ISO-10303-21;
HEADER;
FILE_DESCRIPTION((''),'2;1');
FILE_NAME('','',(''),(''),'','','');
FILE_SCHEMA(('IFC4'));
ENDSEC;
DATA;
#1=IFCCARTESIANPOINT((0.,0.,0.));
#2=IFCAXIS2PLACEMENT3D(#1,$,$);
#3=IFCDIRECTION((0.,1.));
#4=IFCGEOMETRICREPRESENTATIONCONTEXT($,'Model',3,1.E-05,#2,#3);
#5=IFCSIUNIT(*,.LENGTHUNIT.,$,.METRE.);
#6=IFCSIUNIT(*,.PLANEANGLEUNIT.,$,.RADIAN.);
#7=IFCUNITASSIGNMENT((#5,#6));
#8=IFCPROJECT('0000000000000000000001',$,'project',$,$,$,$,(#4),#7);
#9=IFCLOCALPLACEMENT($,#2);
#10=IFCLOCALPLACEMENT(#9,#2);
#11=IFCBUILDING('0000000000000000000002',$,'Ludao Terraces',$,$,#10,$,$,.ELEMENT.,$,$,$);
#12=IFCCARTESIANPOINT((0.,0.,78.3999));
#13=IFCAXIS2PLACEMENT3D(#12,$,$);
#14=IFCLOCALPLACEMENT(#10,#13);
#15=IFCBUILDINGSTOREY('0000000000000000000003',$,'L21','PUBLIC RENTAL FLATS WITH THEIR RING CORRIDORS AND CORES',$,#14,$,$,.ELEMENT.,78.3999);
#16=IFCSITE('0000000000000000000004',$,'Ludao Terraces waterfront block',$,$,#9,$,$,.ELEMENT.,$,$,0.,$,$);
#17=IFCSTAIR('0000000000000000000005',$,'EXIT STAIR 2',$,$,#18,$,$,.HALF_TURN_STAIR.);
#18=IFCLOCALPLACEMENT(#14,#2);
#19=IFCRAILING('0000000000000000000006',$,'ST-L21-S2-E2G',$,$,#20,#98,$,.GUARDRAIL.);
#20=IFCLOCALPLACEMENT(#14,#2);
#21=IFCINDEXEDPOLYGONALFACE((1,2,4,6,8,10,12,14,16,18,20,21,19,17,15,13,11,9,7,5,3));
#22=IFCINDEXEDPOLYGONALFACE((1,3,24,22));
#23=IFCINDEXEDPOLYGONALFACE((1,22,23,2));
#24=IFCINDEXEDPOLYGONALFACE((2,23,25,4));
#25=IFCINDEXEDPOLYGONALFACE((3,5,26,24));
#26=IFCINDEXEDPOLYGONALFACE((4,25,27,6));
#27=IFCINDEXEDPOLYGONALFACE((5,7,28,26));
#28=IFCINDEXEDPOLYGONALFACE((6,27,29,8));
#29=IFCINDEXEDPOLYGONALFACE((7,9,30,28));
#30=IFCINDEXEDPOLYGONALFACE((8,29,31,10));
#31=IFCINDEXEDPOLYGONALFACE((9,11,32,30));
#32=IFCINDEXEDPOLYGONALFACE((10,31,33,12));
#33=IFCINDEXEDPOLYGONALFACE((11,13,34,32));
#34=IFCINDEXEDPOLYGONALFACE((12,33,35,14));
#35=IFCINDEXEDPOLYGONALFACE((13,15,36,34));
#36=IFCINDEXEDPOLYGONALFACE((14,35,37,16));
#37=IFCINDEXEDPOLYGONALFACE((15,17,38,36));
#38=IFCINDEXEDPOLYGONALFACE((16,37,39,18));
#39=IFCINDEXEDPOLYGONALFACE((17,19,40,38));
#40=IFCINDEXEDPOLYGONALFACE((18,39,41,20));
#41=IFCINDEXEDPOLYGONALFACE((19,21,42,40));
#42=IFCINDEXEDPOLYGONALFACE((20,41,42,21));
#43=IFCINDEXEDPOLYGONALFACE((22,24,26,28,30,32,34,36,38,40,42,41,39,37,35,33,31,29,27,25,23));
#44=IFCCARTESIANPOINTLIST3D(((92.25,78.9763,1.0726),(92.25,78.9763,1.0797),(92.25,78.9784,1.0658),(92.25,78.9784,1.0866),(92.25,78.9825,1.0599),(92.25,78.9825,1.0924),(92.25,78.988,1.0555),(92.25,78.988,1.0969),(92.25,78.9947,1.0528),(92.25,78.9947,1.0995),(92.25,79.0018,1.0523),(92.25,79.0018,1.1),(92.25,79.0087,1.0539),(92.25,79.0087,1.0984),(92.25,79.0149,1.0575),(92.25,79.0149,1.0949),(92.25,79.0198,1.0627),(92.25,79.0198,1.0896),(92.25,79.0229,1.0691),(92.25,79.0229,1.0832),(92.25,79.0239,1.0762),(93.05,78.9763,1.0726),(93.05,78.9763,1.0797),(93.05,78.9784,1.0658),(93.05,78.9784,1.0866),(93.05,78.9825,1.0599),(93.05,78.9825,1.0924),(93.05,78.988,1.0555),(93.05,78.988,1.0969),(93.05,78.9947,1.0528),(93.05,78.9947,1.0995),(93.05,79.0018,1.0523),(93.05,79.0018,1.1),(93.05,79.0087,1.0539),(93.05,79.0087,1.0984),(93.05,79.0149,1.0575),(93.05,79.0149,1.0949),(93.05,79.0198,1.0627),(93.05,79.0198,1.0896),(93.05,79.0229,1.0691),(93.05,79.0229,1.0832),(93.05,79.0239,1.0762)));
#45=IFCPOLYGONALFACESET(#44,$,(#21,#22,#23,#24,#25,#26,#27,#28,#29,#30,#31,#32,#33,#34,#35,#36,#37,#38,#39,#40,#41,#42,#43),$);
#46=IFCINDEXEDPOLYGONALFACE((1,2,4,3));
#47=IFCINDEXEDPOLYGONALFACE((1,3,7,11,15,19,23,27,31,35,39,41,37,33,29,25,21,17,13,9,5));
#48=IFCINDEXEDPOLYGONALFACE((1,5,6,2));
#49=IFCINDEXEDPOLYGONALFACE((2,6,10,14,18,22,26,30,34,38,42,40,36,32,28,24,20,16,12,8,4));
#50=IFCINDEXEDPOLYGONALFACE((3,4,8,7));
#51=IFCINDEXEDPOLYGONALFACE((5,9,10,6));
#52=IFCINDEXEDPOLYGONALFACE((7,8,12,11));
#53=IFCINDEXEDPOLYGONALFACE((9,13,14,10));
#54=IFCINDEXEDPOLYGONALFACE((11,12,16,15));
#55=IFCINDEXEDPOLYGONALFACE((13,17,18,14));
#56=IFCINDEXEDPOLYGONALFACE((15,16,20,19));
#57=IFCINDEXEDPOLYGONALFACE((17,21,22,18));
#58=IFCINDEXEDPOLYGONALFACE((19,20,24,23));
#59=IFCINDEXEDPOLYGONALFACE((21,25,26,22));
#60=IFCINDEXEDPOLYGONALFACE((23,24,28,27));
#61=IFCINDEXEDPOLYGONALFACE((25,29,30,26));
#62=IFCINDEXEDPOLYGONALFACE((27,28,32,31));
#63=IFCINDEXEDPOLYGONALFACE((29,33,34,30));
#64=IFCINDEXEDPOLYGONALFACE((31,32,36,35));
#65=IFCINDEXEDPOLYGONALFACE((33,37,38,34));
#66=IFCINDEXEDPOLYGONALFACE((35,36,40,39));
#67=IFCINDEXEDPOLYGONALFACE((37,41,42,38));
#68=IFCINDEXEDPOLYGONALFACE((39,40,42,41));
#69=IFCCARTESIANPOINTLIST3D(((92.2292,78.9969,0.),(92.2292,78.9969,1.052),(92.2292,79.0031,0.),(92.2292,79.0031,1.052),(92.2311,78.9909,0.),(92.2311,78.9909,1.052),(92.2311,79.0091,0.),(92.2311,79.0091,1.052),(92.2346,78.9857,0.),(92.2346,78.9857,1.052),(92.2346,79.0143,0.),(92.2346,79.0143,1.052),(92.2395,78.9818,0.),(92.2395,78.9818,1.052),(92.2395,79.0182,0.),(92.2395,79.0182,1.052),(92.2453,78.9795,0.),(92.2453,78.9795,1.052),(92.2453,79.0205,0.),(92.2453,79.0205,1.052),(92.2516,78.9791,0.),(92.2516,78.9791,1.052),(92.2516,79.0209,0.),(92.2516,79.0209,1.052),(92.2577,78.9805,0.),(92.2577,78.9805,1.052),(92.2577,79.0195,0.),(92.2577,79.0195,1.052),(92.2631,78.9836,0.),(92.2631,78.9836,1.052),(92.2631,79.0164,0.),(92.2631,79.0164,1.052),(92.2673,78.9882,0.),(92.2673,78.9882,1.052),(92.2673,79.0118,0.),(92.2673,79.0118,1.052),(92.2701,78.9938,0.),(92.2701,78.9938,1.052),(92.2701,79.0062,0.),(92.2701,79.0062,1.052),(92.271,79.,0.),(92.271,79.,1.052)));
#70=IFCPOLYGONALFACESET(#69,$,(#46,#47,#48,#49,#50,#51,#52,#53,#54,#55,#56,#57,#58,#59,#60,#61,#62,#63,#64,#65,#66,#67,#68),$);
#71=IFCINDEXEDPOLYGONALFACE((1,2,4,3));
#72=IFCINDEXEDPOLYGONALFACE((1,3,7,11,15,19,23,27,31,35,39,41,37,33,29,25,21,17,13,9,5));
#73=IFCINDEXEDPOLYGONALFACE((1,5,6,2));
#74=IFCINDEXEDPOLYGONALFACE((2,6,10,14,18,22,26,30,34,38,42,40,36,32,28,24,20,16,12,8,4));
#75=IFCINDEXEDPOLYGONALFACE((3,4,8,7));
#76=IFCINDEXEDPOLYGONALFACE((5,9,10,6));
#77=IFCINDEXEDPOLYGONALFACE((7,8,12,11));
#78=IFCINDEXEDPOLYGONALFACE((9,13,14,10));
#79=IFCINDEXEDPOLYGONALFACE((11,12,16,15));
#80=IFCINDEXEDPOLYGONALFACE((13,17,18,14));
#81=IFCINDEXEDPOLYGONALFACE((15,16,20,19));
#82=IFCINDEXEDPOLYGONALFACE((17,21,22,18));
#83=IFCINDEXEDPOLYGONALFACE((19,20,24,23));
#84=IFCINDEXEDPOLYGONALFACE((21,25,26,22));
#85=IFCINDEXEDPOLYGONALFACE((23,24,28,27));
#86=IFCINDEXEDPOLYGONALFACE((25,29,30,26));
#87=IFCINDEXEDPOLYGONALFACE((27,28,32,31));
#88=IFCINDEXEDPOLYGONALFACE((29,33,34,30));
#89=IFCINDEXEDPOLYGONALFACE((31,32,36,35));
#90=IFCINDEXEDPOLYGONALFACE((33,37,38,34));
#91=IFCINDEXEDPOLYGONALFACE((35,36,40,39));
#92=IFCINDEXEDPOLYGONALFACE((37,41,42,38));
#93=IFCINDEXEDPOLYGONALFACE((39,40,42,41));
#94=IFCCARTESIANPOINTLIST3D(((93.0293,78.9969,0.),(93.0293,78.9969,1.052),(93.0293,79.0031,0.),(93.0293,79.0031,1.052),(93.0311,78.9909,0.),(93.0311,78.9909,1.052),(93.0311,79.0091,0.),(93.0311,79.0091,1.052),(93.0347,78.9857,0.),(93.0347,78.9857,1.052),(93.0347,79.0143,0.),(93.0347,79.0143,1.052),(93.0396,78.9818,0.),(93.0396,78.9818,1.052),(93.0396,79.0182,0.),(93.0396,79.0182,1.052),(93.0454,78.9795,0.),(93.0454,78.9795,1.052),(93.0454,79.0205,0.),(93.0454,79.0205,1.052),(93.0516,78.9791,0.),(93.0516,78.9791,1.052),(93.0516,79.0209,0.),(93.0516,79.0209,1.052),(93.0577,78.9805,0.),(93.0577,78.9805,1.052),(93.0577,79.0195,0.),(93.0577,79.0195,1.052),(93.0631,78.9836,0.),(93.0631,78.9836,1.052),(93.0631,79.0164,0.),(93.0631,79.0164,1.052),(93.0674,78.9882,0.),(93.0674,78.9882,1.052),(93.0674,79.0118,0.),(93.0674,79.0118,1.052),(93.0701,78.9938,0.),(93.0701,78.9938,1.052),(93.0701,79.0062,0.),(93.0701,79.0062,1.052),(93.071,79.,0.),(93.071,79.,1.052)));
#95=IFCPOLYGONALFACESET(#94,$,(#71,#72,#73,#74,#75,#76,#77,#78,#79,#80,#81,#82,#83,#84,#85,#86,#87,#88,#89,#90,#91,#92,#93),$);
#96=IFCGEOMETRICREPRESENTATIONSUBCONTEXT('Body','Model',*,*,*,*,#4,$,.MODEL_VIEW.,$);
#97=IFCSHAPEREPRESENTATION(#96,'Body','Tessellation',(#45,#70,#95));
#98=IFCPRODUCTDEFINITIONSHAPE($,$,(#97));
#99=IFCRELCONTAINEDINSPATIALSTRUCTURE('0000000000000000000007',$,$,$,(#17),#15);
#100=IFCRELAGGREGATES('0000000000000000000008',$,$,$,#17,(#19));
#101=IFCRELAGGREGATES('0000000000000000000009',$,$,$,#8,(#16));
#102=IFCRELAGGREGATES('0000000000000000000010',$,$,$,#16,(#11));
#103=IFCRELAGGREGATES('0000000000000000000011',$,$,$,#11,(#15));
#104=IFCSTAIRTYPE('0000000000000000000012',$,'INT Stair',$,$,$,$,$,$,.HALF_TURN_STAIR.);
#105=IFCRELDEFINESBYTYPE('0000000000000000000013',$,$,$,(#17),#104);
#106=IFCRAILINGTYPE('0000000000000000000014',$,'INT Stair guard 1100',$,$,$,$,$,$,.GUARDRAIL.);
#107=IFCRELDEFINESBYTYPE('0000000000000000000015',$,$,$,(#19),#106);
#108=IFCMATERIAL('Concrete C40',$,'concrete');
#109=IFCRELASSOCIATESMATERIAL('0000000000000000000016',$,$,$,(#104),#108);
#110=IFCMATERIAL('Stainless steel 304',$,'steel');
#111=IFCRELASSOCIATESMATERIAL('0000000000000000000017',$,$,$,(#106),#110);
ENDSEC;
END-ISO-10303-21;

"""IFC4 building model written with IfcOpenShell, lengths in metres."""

from ifc_helpers import new_model, si_unit, direction, frame, origin, origin_2d, place, context, subcontext, project, spatial, circle, extrude, material, type_object, element, aggregate, save


model = new_model("IFC4")

# Units and contexts
model_context = context("Model", 3, precision=1e-05, world=origin(), true_north=direction((0.0, 1.0)))
body_context = subcontext(model_context, "Body", "Model", "MODEL_VIEW")
ifc_project = project(units=[si_unit("LENGTHUNIT", "METRE"), si_unit("PLANEANGLEUNIT", "RADIAN")], contexts=[model_context])

# Site, building, storey
site_placement = place(None, origin())
site = spatial("IfcSite", under=ifc_project, at=site_placement, Name="Ludao Terraces waterfront block", CompositionType="ELEMENT", RefElevation=0.0)
building_placement = place(site_placement, origin())
building = spatial("IfcBuilding", under=site, at=building_placement, Name="Ludao Terraces", CompositionType="ELEMENT")
storey_placement = place(building_placement, frame((0.0, 0.0, 78.3999)))
storey = spatial("IfcBuildingStorey", under=building, at=storey_placement, Name="L21", Description="PUBLIC RENTAL FLATS WITH THEIR RING CORRIDORS AND CORES", CompositionType="ELEMENT", Elevation=78.3999)

# Stair, railing
ifc_material_1 = material(Name="Concrete C40", Category="concrete")
stair_type = type_object("IfcStairType", Name="INT Stair", PredefinedType="HALF_TURN_STAIR", material=ifc_material_1)
stair_placement = place(storey_placement, origin())
stair = element("IfcStair", 1, at=stair_placement, inside=storey, type_object=stair_type, Name="EXIT STAIR 2", PredefinedType="HALF_TURN_STAIR")
ifc_material_2 = material(Name="Stainless steel 304", Category="steel")
railing_type_1 = type_object("IfcRailingType", Name="INT Stair guard 1100", PredefinedType="GUARDRAIL", material=ifc_material_2)
railing_1_placement = place(storey_placement, frame((92.25, 79.0, 0.0)))
railing_1 = element("IfcRailing", 2, at=railing_1_placement, type_object=railing_type_1, Name="ST-L21-S2-E2G", PredefinedType="GUARDRAIL", context=body_context, shape_type="SweptSolid", body=[
    extrude(circle(Radius=0.0239, at=origin_2d()), frame((0.0, 0.0, 1.0762), z_axis=(1.0, 0.0, 0.0), x_axis=(0.0, 1.0, 0.0)), (0.0, 0.0, 1.0), 0.8),
    extrude(circle(Radius=0.021, at=origin_2d()), origin(), (0.0, 0.0, 1.0), 1.052),
    extrude(circle(Radius=0.021, at=origin_2d()), frame((0.8, 0.0, 0.0)), (0.0, 0.0, 1.0), 1.052),
])
aggregate(stair, [railing_1])

save(model, "model.ifc")
